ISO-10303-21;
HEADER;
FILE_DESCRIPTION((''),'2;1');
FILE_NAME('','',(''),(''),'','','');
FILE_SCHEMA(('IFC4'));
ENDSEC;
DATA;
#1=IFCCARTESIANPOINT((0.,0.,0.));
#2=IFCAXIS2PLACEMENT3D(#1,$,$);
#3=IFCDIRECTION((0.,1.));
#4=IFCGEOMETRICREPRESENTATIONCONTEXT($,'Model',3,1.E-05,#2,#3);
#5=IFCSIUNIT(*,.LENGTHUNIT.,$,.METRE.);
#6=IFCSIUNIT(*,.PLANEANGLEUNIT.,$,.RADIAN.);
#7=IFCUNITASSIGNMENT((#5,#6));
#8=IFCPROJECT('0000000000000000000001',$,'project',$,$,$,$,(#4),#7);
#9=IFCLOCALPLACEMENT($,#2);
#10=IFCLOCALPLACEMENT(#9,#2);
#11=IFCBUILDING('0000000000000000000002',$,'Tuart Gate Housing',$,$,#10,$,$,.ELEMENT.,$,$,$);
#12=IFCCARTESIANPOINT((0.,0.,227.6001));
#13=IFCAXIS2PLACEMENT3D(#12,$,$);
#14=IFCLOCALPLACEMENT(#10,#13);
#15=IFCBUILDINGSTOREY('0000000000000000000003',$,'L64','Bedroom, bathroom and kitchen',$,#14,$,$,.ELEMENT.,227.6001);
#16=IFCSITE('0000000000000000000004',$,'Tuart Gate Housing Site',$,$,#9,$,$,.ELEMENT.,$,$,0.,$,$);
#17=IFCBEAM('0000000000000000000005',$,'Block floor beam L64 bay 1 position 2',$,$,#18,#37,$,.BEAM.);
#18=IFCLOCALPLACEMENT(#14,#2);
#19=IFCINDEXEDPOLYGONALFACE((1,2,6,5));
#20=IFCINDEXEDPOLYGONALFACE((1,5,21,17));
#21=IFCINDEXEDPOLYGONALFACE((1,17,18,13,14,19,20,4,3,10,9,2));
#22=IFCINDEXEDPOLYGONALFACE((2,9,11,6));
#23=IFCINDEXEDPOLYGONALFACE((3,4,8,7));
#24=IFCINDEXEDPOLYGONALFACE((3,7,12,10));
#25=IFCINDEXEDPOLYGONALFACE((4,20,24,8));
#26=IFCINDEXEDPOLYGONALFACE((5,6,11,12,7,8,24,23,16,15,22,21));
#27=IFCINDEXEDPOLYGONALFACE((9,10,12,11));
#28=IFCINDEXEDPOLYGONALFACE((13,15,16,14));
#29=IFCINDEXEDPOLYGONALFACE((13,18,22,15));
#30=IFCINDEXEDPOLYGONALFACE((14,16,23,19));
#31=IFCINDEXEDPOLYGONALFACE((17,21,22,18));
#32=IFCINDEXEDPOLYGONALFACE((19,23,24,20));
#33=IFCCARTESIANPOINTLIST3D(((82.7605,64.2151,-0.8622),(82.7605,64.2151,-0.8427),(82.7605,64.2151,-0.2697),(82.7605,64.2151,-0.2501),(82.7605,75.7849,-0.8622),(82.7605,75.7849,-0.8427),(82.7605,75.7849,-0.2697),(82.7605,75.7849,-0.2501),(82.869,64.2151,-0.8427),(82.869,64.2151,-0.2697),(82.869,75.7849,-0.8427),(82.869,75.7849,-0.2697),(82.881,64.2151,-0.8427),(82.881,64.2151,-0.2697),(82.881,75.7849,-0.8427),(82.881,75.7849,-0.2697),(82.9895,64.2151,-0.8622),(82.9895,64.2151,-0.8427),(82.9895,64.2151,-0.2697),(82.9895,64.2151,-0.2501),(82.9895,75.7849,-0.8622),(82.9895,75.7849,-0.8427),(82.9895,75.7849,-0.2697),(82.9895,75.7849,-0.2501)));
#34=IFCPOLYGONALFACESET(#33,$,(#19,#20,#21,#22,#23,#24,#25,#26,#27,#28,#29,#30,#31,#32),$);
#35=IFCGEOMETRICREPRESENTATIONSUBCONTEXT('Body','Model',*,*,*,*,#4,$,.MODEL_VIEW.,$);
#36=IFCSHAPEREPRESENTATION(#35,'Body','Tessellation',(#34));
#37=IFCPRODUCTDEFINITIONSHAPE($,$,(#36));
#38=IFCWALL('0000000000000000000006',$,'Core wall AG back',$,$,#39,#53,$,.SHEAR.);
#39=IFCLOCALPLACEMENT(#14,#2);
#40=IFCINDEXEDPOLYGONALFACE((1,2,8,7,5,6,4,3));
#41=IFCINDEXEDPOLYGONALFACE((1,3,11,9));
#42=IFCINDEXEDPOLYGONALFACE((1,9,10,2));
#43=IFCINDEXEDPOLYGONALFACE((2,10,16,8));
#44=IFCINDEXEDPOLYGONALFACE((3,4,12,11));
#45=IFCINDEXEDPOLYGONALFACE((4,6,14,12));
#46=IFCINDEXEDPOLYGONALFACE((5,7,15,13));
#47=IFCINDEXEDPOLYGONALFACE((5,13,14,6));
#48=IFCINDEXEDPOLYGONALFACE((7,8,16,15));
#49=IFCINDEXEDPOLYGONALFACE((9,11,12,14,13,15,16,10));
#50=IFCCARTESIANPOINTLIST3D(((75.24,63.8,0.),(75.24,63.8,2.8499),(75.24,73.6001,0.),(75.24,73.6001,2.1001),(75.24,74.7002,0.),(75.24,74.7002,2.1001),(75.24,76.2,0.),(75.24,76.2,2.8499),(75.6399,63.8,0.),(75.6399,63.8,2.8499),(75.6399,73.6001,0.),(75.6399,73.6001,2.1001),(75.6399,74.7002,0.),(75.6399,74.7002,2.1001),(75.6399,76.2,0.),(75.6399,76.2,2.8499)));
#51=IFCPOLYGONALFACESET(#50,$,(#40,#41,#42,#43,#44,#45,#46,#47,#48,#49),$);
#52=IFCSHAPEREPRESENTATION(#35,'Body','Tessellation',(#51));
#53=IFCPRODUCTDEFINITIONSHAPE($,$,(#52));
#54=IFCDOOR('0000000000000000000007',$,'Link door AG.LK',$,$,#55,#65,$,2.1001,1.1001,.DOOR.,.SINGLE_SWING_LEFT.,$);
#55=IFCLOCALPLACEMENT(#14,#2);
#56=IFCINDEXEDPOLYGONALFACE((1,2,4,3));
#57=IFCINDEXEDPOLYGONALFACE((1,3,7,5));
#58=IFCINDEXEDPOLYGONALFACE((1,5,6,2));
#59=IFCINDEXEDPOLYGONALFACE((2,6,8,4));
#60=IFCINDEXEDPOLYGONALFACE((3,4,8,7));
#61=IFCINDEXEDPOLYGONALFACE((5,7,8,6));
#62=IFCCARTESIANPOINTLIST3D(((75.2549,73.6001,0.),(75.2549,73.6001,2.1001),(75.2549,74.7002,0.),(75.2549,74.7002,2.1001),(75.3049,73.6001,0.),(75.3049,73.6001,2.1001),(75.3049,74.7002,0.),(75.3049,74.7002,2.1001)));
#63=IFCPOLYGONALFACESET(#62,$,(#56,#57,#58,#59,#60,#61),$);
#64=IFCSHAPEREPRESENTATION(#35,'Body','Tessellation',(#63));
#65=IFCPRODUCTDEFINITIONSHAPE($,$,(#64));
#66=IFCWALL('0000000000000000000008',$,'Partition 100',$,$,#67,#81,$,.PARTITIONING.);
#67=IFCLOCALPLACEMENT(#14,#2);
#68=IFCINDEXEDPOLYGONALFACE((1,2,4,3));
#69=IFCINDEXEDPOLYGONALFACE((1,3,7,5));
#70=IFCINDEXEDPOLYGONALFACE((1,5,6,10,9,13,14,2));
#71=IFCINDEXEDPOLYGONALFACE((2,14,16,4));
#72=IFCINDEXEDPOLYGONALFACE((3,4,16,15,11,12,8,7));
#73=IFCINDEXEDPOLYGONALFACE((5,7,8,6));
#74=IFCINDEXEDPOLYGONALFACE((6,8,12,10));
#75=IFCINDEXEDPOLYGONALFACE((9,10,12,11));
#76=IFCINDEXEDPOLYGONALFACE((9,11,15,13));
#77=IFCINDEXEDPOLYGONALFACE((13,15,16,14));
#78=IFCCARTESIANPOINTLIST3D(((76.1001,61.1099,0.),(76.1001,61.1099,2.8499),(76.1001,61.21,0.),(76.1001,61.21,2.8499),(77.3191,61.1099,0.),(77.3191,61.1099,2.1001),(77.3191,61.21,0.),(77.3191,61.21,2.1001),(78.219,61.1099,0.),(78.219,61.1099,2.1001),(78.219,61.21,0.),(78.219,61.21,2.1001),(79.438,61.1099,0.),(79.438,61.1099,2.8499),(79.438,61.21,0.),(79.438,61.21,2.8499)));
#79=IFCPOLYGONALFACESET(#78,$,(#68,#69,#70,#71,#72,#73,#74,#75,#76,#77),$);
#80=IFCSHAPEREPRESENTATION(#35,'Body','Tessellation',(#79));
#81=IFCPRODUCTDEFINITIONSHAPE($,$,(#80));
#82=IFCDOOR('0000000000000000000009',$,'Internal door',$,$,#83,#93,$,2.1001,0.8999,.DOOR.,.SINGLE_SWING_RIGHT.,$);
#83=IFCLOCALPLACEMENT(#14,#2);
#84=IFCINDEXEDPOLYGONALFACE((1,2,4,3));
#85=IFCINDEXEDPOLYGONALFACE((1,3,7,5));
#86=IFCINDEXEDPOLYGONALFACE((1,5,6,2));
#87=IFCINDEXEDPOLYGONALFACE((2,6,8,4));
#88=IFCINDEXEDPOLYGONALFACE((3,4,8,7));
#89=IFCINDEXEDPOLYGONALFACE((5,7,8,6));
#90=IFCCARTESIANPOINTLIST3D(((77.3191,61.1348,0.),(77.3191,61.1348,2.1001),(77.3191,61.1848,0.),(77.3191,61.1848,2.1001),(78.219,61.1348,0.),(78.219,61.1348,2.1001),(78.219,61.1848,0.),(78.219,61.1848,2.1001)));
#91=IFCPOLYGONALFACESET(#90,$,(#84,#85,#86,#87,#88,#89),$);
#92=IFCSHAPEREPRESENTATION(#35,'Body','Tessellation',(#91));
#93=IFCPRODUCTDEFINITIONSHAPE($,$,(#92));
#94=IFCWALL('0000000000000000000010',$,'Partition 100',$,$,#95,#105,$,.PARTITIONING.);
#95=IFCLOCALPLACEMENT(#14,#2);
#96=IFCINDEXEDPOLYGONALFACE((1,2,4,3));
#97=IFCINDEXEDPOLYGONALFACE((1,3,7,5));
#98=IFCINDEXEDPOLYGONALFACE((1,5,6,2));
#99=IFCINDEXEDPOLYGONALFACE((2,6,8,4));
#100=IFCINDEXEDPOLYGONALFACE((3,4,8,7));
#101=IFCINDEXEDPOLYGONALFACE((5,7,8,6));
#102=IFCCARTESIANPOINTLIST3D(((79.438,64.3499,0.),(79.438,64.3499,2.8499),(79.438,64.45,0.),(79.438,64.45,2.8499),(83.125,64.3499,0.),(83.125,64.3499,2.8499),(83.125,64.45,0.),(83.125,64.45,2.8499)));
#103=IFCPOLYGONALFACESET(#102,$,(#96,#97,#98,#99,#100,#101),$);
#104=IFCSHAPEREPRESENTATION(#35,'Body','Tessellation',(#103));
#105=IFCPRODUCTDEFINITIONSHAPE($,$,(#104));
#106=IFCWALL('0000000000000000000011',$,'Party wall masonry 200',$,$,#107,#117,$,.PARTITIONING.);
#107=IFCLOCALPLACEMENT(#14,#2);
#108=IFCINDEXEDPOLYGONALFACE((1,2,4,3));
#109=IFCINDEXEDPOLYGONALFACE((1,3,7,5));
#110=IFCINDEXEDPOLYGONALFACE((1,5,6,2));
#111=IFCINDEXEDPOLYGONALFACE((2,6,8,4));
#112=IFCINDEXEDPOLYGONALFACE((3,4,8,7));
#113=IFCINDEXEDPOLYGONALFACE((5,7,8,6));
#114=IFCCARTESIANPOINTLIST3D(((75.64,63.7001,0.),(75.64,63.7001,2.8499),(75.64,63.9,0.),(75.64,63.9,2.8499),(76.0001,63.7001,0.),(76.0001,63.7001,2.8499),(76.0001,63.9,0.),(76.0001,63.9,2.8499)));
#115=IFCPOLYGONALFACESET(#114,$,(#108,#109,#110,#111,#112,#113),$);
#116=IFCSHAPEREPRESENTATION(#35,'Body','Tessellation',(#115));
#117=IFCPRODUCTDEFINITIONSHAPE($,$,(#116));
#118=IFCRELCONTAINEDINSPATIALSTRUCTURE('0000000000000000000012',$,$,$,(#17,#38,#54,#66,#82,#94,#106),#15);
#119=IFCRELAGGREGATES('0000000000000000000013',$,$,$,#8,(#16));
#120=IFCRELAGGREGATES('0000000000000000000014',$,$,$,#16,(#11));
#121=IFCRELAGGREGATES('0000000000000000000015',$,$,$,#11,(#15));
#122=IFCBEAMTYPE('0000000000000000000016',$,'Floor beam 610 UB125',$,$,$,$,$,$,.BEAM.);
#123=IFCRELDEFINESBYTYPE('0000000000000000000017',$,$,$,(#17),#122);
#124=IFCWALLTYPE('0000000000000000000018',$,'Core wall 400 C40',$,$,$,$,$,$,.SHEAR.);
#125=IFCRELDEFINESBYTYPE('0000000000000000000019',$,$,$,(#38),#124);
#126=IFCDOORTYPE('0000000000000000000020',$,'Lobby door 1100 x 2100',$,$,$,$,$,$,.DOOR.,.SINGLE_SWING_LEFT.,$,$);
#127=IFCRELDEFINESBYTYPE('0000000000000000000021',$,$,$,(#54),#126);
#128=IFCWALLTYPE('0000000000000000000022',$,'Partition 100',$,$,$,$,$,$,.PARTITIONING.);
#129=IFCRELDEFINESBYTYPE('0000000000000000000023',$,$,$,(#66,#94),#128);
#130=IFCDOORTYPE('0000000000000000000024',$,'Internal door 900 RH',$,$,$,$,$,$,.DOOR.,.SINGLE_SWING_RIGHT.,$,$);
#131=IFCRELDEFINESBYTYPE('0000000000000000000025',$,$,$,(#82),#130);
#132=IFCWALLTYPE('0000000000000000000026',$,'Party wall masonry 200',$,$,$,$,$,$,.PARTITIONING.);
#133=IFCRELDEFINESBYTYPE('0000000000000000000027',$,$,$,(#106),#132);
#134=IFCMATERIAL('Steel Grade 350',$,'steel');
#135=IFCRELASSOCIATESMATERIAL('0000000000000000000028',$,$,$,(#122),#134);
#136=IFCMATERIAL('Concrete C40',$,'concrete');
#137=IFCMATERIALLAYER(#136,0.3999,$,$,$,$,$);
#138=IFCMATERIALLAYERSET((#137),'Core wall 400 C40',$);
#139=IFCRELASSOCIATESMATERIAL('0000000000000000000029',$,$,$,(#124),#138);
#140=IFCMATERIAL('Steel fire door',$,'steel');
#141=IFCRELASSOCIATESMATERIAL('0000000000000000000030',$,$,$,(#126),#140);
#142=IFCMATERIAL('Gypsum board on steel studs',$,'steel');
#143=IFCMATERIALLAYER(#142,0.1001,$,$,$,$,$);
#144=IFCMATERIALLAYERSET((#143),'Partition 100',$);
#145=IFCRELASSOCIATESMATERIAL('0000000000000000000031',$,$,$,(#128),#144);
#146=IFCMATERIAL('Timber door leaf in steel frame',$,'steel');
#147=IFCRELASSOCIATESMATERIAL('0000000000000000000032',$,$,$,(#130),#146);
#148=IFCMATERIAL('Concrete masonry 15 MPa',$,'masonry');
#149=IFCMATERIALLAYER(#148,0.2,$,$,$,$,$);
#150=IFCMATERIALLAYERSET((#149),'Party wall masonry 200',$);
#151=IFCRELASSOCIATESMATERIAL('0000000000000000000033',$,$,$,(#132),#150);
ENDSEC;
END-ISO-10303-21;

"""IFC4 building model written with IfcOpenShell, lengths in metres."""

from ifc_helpers import new_model, si_unit, direction, frame, frame_2d, origin, origin_2d, place, context, subcontext, project, spatial, rectangle, i_section, extrude, material, layer, layer_set, material_profile, profile_set, type_object, element, fill, save


model = new_model("IFC4")

# Units and contexts
model_context = context("Model", 3, precision=1e-05, world=origin(), true_north=direction((0.0, 1.0)))
body_context = subcontext(model_context, "Body", "Model", "MODEL_VIEW")
ifc_project = project(units=[si_unit("LENGTHUNIT", "METRE"), si_unit("PLANEANGLEUNIT", "RADIAN")], contexts=[model_context])

# Site, building, storey
site_placement = place(None, origin())
site = spatial("IfcSite", under=ifc_project, at=site_placement, Name="Tuart Gate Housing Site", CompositionType="ELEMENT", RefElevation=0.0)
building_placement = place(site_placement, origin())
building = spatial("IfcBuilding", under=site, at=building_placement, Name="Tuart Gate Housing", CompositionType="ELEMENT")
storey_placement = place(building_placement, frame((0.0, 0.0, 227.6001)))
storey = spatial("IfcBuildingStorey", under=building, at=storey_placement, Name="L64", Description="Bedroom, bathroom and kitchen", CompositionType="ELEMENT", Elevation=227.6001)

# Beam
ifc_material_1 = material(Name="Steel Grade 350", Category="steel")
ifc_material_profile = material_profile(ifc_material_1, i_section(OverallWidth=0.229, OverallDepth=0.6121, WebThickness=0.012, FlangeThickness=0.0195, at=origin_2d()), Name="610UB125")
ifc_profile_set = profile_set([ifc_material_profile], Name="Steel Grade 350")
beam_type = type_object("IfcBeamType", Name="Floor beam 610 UB125", PredefinedType="BEAM", material=ifc_profile_set)
beam_placement = place(storey_placement, frame((82.875, 64.2151, -0.5562), z_axis=(0.0, 1.0, 0.0), x_axis=(-1.0, 0.0, 0.0)))
element("IfcBeam", 1, at=beam_placement, inside=storey, type_object=beam_type, Name="Block floor beam L64 bay 1 position 2", PredefinedType="BEAM", context=body_context, shape_type="SweptSolid", body=[
    extrude(i_section(OverallWidth=0.229, OverallDepth=0.6121, WebThickness=0.012, FlangeThickness=0.0195, at=origin_2d()), origin(), (0.0, 0.0, 1.0), 11.5698),
])

# Walls, openings, doors
ifc_material_2 = material(Name="Concrete C40", Category="concrete")
ifc_layer_1 = layer(ifc_material_2, 0.3999)
ifc_layer_set_1 = layer_set([ifc_layer_1], Name="Core wall 400 C40")
wall_type_1 = type_object("IfcWallType", Name="Core wall 400 C40", PredefinedType="SHEAR", material=ifc_layer_set_1)
wall_1_placement = place(storey_placement, frame((75.4399, 63.8, 0.0), z_axis=(0.0, 0.0, 1.0), x_axis=(0.0, 1.0, 0.0)))
wall_1 = element("IfcWall", 2, at=wall_1_placement, inside=storey, type_object=wall_type_1, Name="Core wall AG back", PredefinedType="SHEAR", context=body_context, shape_type="SweptSolid", body=[
    extrude(rectangle(XDim=12.3999, YDim=0.3999, at=frame_2d((6.2, 0.0))), origin(), (0.0, 0.0, 1.0), 2.8499),
])
opening_1_placement = place(wall_1_placement, frame((9.8, 0.0, 0.0)))
opening_1 = element("IfcOpeningElement", 3, at=opening_1_placement, cuts=wall_1, PredefinedType="OPENING", context=body_context, shape_type="SweptSolid", body=[
    extrude(rectangle(XDim=1.1001, YDim=2.1001, at=frame_2d((0.55, 1.05))), frame((0.0, 0.21, 0.0), z_axis=(0.0, -1.0, 0.0), x_axis=(1.0, 0.0, 0.0)), (0.0, 0.0, 1.0), 0.4199),
])
ifc_material_3 = material(Name="Steel fire door", Category="steel")
door_type_1 = type_object("IfcDoorType", Name="Lobby door 1100 x 2100", OperationType="SINGLE_SWING_LEFT", PredefinedType="DOOR", material=ifc_material_3)
door_1_placement = place(opening_1_placement, origin())
door_1 = element("IfcDoor", 4, at=door_1_placement, inside=storey, type_object=door_type_1, Name="Link door AG.LK", OperationType="SINGLE_SWING_LEFT", OverallHeight=2.1001, OverallWidth=1.1001, PredefinedType="DOOR", context=body_context, shape_type="SweptSolid", body=[
    extrude(rectangle(XDim=1.1001, YDim=2.1001, at=frame_2d((0.55, 1.05))), frame((0.0, 0.1851, 0.0), z_axis=(0.0, -1.0, 0.0), x_axis=(1.0, 0.0, 0.0)), (0.0, 0.0, 1.0), 0.05),
])
fill(opening_1, door_1)
ifc_material_4 = material(Name="Gypsum board on steel studs", Category="steel")
ifc_layer_2 = layer(ifc_material_4, 0.1001)
ifc_layer_set_2 = layer_set([ifc_layer_2], Name="Partition 100")
wall_type_2 = type_object("IfcWallType", Name="Partition 100", PredefinedType="PARTITIONING", material=ifc_layer_set_2)
wall_2_placement = place(storey_placement, frame((76.1001, 61.1599, 0.0), z_axis=(0.0, 0.0, 1.0), x_axis=(1.0, 0.0, 0.0)))
wall_2 = element("IfcWall", 5, at=wall_2_placement, inside=storey, type_object=wall_type_2, Name="Partition 100", PredefinedType="PARTITIONING", context=body_context, shape_type="SweptSolid", body=[
    extrude(rectangle(XDim=3.3379, YDim=0.1001, at=frame_2d((1.6689, 0.0))), origin(), (0.0, 0.0, 1.0), 2.8499),
])
opening_2_placement = place(wall_2_placement, frame((1.219, 0.0, 0.0)))
opening_2 = element("IfcOpeningElement", 6, at=opening_2_placement, cuts=wall_2, PredefinedType="OPENING", context=body_context, shape_type="SweptSolid", body=[
    extrude(rectangle(XDim=0.8999, YDim=2.1001, at=frame_2d((0.45, 1.05))), frame((0.0, 0.0601, 0.0), z_axis=(0.0, -1.0, 0.0), x_axis=(1.0, 0.0, 0.0)), (0.0, 0.0, 1.0), 0.1201),
])
ifc_material_5 = material(Name="Timber door leaf in steel frame", Category="steel")
door_type_2 = type_object("IfcDoorType", Name="Internal door 900 RH", OperationType="SINGLE_SWING_RIGHT", PredefinedType="DOOR", material=ifc_material_5)
door_2_placement = place(opening_2_placement, origin())
door_2 = element("IfcDoor", 7, at=door_2_placement, inside=storey, type_object=door_type_2, Name="Internal door", OperationType="SINGLE_SWING_RIGHT", OverallHeight=2.1001, OverallWidth=0.8999, PredefinedType="DOOR", context=body_context, shape_type="SweptSolid", body=[
    extrude(rectangle(XDim=0.8999, YDim=2.1001, at=frame_2d((0.45, 1.05))), frame((0.0, 0.0249, 0.0), z_axis=(0.0, -1.0, 0.0), x_axis=(1.0, 0.0, 0.0)), (0.0, 0.0, 1.0), 0.05),
])
fill(opening_2, door_2)

# Walls
wall_3_placement = place(storey_placement, frame((79.438, 64.3999, 0.0), z_axis=(0.0, 0.0, 1.0), x_axis=(1.0, 0.0, 0.0)))
element("IfcWall", 8, at=wall_3_placement, inside=storey, type_object=wall_type_2, Name="Partition 100", PredefinedType="PARTITIONING", context=body_context, shape_type="SweptSolid", body=[
    extrude(rectangle(XDim=3.687, YDim=0.1001, at=frame_2d((1.8435, 0.0))), origin(), (0.0, 0.0, 1.0), 2.8499),
])
ifc_material_6 = material(Name="Concrete masonry 15 MPa", Category="masonry")
ifc_layer_3 = layer(ifc_material_6, 0.2)
ifc_layer_set_3 = layer_set([ifc_layer_3], Name="Party wall masonry 200")
wall_type_3 = type_object("IfcWallType", Name="Party wall masonry 200", PredefinedType="PARTITIONING", material=ifc_layer_set_3)
wall_4_placement = place(storey_placement, frame((75.6399, 63.8, 0.0), z_axis=(0.0, 0.0, 1.0), x_axis=(1.0, 0.0, 0.0)))
element("IfcWall", 9, at=wall_4_placement, inside=storey, type_object=wall_type_3, Name="Party wall masonry 200", PredefinedType="PARTITIONING", context=body_context, shape_type="SweptSolid", body=[
    extrude(rectangle(XDim=0.3601, YDim=0.2, at=frame_2d((0.1802, 0.0))), origin(), (0.0, 0.0, 1.0), 2.8499),
])

save(model, "model.ifc")
